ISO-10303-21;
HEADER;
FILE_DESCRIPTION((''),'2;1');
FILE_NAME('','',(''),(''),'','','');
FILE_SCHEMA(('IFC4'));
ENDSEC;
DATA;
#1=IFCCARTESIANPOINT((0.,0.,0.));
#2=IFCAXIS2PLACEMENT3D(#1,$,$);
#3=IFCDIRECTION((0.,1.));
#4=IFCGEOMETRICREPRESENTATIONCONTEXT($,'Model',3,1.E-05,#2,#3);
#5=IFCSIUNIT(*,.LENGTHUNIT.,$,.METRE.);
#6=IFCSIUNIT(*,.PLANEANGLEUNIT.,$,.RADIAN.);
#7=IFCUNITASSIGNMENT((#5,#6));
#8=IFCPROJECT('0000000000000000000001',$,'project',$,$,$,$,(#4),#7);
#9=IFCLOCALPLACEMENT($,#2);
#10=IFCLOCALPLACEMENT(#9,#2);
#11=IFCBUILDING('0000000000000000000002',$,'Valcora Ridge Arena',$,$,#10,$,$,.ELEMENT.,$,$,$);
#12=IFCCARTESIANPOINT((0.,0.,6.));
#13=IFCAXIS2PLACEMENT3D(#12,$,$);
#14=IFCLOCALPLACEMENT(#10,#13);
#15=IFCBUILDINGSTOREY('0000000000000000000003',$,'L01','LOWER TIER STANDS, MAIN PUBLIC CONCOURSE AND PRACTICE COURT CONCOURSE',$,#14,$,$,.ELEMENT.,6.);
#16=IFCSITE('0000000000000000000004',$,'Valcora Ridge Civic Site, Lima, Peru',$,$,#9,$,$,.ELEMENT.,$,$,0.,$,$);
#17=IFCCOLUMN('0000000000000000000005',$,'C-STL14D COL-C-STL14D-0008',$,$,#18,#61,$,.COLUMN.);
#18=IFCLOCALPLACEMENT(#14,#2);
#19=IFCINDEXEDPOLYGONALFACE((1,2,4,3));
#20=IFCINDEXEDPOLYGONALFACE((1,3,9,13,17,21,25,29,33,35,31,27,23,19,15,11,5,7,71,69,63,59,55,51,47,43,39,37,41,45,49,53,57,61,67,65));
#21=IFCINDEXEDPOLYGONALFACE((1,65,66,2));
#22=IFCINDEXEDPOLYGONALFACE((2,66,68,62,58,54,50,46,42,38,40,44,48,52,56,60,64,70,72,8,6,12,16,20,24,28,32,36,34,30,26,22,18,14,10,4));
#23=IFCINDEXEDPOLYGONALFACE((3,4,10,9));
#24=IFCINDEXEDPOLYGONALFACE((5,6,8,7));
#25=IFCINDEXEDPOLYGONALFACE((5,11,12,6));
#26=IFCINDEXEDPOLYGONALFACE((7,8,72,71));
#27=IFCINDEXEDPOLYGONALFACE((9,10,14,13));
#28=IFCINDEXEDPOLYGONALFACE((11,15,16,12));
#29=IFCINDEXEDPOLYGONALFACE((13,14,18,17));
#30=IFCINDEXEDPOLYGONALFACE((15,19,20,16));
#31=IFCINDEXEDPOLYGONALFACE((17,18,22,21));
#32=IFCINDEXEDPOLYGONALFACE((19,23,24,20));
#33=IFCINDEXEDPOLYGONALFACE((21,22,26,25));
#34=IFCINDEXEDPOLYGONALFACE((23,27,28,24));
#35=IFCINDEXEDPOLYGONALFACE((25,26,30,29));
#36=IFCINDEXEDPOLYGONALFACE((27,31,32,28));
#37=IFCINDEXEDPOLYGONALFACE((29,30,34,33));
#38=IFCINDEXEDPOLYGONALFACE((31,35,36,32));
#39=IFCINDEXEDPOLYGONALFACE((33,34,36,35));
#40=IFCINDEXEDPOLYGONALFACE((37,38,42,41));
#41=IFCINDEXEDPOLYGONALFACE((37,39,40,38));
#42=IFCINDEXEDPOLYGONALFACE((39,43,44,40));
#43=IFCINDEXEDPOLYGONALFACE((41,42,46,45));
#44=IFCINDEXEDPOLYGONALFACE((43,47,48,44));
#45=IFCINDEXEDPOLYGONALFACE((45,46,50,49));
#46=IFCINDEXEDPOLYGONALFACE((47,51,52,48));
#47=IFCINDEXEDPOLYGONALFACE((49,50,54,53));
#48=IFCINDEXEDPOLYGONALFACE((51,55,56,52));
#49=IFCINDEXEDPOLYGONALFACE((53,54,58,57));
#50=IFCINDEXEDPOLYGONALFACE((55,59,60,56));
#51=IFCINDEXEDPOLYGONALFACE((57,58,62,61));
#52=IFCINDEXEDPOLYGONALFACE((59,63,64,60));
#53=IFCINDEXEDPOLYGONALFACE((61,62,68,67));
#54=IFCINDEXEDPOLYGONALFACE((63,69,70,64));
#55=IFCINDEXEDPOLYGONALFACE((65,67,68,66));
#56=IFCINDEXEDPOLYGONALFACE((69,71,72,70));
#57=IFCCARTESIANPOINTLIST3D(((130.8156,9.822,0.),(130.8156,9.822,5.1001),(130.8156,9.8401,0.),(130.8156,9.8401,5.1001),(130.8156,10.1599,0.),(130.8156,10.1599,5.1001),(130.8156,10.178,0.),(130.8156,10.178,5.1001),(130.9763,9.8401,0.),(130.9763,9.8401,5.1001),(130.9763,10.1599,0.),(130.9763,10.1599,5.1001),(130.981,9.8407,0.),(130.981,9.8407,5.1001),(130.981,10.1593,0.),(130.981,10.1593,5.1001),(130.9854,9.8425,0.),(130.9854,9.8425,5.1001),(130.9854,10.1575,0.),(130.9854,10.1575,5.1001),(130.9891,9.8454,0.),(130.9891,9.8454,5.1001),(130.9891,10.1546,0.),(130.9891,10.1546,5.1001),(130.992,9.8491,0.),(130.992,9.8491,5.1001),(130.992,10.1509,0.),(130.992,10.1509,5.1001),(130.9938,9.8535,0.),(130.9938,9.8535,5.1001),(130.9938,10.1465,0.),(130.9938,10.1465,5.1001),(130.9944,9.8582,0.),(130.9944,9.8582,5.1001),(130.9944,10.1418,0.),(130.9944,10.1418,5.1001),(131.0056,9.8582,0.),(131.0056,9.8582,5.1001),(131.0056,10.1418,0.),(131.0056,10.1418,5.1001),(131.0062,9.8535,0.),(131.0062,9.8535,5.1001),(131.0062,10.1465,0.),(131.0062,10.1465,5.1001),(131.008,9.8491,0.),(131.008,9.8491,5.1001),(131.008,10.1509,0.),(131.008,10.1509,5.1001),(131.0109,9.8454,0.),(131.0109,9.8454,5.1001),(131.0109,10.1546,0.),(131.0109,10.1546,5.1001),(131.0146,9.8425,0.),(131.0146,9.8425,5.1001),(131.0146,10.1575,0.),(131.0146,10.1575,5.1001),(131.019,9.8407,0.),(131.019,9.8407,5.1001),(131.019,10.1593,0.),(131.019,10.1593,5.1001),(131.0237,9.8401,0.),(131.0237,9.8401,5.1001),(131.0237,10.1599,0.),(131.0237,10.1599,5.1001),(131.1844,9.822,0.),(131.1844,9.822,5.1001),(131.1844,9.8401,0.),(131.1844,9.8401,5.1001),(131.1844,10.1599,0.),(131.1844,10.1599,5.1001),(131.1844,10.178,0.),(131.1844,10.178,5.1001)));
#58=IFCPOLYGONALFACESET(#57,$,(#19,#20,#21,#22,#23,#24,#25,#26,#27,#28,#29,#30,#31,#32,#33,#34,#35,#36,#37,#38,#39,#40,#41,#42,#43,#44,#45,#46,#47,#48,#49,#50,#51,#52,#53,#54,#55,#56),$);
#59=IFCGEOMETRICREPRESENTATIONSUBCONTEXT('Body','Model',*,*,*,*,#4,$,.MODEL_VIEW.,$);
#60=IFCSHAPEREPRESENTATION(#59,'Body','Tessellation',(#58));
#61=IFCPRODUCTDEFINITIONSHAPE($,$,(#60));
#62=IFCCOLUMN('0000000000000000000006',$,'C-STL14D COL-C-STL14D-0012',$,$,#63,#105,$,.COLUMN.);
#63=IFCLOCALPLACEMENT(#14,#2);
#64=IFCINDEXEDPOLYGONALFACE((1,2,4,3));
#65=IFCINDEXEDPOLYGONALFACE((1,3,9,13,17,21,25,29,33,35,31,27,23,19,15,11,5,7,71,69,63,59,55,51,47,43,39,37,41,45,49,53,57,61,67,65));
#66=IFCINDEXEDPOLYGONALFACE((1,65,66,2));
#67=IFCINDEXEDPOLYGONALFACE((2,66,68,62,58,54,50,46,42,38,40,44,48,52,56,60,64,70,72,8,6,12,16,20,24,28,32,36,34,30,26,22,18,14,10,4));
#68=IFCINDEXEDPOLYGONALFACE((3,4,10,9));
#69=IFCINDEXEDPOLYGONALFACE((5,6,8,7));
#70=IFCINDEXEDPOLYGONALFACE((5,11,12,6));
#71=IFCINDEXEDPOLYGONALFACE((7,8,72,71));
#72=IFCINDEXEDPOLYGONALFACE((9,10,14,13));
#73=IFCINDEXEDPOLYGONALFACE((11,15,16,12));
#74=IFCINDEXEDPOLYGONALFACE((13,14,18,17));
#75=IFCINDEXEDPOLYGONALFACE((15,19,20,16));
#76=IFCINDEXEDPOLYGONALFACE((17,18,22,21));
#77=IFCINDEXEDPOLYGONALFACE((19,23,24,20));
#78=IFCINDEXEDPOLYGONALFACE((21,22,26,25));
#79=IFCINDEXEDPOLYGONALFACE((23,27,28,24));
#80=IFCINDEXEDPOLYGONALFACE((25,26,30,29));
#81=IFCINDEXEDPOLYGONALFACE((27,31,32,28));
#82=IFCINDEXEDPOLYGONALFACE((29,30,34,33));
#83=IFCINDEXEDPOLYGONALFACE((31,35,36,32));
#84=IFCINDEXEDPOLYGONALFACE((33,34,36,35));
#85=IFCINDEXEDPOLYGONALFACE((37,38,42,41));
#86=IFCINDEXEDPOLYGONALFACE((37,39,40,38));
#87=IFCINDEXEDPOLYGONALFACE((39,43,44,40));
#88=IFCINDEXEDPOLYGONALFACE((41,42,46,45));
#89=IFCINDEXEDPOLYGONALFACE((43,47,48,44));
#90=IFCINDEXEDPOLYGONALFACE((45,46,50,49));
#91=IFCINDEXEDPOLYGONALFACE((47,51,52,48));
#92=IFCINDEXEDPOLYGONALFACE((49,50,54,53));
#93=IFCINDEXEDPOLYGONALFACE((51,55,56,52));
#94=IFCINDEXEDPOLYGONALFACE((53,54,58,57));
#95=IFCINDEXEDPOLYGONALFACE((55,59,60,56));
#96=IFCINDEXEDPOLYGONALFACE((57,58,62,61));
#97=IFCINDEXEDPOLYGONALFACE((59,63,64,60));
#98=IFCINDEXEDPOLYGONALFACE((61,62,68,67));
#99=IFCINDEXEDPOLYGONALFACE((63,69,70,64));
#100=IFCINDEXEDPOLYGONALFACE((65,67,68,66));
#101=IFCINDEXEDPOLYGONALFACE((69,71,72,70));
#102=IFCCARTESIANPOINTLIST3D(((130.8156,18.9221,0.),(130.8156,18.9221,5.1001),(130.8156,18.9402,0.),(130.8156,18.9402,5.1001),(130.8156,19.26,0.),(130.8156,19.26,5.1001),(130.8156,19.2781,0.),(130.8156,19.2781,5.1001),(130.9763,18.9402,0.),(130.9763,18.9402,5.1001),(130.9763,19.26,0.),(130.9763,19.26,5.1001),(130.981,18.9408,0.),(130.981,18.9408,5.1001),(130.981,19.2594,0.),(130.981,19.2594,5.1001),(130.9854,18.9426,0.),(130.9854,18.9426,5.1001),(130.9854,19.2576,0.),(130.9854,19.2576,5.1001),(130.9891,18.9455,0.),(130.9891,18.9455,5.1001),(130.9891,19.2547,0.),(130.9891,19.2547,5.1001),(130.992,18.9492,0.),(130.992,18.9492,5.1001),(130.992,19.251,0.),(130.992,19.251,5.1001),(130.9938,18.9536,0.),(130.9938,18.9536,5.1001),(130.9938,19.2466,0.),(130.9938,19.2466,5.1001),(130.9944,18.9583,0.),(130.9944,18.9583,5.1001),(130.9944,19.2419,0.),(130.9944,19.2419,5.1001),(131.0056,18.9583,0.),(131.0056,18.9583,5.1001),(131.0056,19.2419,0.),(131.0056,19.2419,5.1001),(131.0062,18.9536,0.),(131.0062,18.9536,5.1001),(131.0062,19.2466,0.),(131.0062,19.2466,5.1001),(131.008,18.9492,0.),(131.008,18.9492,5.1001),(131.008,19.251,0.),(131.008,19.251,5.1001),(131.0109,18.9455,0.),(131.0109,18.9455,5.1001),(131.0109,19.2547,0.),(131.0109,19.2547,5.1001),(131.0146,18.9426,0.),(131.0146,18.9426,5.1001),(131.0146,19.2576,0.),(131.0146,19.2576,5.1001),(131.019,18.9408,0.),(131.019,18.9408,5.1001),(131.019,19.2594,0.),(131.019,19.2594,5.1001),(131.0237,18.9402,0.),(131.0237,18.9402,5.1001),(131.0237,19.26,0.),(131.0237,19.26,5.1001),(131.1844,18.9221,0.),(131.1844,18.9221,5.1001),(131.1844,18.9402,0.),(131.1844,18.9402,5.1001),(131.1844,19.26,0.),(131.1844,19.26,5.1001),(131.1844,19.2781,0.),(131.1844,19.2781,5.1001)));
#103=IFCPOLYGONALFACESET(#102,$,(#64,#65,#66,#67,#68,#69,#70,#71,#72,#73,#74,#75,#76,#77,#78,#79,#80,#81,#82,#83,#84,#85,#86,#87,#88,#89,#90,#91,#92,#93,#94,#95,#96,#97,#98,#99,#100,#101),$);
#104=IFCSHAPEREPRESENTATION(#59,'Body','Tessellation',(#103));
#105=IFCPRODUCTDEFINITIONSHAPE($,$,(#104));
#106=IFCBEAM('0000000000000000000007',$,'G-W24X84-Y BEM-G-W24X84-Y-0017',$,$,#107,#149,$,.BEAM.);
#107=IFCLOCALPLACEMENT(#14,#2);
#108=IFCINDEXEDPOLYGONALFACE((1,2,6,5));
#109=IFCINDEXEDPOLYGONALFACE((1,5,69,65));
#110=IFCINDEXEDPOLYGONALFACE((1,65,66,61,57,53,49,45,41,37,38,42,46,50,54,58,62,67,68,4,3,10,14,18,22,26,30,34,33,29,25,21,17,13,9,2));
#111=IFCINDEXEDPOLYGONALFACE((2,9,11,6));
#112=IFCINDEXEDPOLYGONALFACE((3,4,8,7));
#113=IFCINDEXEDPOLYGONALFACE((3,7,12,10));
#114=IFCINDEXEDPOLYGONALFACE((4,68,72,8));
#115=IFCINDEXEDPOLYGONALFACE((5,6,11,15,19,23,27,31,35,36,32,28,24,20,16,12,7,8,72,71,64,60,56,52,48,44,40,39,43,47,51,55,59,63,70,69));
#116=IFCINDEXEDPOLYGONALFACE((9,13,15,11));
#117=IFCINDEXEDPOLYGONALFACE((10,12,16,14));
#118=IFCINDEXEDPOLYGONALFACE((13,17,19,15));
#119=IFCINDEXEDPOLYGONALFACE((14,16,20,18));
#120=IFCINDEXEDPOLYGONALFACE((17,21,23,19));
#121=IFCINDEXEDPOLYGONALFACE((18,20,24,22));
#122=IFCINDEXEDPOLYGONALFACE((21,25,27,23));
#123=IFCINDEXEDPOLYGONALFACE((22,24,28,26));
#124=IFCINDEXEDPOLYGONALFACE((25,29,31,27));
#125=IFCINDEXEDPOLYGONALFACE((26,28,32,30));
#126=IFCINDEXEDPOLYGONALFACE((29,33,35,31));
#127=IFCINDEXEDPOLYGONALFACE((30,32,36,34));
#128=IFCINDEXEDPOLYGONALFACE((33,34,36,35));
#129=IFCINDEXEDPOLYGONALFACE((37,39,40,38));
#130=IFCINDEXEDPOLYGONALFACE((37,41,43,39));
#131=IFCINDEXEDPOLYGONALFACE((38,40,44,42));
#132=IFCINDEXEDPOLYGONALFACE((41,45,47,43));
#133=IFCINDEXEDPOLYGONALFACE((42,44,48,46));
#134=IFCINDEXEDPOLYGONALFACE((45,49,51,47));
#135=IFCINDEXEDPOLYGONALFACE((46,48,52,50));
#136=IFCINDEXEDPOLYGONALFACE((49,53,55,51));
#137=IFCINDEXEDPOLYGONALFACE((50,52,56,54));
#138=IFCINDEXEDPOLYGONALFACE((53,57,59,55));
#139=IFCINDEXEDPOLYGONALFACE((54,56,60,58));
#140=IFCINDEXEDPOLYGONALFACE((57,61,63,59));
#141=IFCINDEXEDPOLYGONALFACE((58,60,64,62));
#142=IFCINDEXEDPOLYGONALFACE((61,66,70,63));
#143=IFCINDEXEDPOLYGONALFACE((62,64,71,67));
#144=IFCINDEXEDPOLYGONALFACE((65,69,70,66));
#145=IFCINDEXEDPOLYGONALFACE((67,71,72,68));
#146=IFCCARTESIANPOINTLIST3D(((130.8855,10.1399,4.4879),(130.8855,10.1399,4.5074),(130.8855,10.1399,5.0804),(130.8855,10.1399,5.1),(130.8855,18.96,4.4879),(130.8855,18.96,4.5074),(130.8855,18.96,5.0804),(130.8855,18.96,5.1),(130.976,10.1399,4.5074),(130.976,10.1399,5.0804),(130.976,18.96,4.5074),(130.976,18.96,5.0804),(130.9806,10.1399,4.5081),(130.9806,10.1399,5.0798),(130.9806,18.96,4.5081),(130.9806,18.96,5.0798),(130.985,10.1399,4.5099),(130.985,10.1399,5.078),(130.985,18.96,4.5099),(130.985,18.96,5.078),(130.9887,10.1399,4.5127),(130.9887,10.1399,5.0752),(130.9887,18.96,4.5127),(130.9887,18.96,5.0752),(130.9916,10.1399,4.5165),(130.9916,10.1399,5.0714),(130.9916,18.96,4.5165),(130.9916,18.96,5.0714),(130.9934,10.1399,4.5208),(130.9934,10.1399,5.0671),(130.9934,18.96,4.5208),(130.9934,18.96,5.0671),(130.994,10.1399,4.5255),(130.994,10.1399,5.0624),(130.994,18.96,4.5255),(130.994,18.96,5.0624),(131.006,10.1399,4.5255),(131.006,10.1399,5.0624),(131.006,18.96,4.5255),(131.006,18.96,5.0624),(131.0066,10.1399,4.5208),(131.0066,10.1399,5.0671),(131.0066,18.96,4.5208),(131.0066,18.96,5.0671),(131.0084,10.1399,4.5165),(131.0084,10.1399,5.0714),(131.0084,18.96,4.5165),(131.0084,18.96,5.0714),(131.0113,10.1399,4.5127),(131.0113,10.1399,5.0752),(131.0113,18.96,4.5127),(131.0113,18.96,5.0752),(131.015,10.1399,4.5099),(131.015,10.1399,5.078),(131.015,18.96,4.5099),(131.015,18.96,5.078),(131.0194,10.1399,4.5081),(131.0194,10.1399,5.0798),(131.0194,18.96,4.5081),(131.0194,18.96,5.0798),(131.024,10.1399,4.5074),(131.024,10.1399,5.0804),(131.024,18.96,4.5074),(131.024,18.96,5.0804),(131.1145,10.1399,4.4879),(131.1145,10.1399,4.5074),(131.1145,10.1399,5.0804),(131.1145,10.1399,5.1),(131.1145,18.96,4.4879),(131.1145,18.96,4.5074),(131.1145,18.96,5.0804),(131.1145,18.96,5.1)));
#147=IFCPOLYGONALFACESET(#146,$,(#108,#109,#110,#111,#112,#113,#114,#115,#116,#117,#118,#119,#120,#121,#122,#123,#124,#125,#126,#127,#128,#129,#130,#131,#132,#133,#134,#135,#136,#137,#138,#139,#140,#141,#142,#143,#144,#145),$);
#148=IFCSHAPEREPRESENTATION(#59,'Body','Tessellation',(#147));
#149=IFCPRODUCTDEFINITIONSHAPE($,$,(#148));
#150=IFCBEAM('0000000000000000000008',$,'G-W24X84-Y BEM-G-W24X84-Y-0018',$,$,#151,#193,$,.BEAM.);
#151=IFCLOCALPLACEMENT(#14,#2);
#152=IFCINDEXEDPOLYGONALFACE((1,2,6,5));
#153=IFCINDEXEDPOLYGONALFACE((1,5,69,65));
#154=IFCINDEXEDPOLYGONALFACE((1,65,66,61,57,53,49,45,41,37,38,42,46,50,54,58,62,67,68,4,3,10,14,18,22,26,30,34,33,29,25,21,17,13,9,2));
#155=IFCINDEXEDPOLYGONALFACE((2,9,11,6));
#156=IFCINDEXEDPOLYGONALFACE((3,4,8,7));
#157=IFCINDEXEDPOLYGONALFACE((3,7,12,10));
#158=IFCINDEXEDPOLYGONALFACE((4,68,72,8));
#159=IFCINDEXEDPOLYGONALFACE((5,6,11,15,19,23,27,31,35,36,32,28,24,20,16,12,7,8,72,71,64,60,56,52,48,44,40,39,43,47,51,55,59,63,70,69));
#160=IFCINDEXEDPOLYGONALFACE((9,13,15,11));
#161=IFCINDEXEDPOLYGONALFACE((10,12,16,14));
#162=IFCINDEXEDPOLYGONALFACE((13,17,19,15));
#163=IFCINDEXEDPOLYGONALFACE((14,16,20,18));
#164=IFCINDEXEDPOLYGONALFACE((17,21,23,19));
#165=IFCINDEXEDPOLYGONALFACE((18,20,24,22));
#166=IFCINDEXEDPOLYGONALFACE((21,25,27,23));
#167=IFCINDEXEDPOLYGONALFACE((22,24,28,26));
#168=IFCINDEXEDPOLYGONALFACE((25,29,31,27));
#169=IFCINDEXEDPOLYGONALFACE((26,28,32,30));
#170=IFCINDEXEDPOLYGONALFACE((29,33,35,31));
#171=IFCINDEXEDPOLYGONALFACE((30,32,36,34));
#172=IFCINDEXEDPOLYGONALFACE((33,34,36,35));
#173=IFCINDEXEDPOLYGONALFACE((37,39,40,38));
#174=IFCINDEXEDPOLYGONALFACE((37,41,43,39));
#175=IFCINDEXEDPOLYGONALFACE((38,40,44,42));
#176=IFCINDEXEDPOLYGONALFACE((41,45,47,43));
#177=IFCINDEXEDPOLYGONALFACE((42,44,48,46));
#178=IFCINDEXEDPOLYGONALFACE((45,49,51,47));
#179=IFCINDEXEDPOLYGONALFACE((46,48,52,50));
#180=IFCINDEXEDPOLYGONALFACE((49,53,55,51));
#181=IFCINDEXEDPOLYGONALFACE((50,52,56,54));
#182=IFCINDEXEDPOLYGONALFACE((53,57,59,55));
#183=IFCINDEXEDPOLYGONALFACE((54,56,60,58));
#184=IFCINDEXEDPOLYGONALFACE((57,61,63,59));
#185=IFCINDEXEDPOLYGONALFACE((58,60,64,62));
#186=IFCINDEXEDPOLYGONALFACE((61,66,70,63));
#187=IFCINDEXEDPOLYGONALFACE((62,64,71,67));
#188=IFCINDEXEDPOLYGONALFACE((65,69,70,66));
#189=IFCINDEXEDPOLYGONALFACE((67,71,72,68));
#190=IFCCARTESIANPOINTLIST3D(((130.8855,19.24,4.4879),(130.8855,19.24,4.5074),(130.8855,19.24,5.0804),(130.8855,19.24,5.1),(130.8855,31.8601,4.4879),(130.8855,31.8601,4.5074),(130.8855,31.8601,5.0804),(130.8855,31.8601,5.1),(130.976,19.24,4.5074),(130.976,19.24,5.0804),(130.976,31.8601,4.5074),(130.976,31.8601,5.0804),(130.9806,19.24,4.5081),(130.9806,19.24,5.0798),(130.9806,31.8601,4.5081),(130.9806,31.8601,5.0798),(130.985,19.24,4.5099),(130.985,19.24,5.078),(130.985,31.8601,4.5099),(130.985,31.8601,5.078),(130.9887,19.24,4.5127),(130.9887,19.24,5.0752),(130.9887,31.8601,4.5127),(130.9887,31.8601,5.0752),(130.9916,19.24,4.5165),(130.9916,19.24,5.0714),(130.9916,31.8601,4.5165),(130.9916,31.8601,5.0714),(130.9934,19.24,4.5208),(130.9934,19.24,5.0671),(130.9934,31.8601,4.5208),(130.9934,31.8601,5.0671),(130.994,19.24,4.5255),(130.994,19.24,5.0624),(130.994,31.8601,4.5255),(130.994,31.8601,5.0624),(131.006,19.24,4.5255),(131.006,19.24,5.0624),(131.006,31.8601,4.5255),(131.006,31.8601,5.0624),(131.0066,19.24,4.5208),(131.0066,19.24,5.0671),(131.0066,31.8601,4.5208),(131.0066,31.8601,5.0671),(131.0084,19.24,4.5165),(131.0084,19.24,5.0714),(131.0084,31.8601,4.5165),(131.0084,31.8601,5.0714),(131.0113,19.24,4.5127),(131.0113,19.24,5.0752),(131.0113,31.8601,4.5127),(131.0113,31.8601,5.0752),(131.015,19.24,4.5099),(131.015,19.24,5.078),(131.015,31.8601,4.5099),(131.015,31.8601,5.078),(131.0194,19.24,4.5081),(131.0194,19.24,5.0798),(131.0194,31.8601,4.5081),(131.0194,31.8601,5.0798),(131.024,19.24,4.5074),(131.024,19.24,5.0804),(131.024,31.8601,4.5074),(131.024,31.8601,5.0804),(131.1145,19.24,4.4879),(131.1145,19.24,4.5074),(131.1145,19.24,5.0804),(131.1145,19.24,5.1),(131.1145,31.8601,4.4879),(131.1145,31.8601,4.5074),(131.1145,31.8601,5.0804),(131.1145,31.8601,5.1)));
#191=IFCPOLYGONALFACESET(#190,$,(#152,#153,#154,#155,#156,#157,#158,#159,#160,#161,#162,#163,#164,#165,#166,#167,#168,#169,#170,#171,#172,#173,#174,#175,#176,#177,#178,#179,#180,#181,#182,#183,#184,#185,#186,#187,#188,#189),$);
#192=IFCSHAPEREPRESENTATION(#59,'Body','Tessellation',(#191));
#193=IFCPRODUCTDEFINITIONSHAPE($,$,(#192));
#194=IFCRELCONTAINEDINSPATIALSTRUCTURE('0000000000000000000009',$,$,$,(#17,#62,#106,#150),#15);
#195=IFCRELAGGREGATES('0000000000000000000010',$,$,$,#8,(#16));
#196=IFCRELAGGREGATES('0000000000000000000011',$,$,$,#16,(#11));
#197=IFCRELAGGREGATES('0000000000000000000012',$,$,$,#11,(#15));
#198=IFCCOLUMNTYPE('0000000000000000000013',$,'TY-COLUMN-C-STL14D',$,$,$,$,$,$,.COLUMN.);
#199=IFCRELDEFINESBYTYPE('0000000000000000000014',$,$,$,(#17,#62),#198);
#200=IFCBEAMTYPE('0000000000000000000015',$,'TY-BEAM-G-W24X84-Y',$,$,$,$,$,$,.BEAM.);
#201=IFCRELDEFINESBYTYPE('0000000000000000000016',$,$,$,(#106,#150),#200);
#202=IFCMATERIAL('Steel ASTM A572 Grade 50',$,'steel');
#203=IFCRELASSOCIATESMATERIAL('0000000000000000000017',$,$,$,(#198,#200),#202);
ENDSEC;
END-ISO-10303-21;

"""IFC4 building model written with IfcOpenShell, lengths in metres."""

from ifc_helpers import new_model, si_unit, direction, frame, origin, origin_2d, place, context, subcontext, project, spatial, i_section, extrude, material, material_profile, profile_set, type_object, element, save


model = new_model("IFC4")

# Units and contexts
model_context = context("Model", 3, precision=1e-05, world=origin(), true_north=direction((0.0, 1.0)))
body_context = subcontext(model_context, "Body", "Model", "MODEL_VIEW")
ifc_project = project(units=[si_unit("LENGTHUNIT", "METRE"), si_unit("PLANEANGLEUNIT", "RADIAN")], contexts=[model_context])

# Site, building, storey
site_placement = place(None, origin())
site = spatial("IfcSite", under=ifc_project, at=site_placement, Name="Valcora Ridge Civic Site, Lima, Peru", CompositionType="ELEMENT", RefElevation=0.0)
building_placement = place(site_placement, origin())
building = spatial("IfcBuilding", under=site, at=building_placement, Name="Valcora Ridge Arena", CompositionType="ELEMENT")
storey_placement = place(building_placement, frame((0.0, 0.0, 6.0)))
storey = spatial("IfcBuildingStorey", under=building, at=storey_placement, Name="L01", Description="LOWER TIER STANDS, MAIN PUBLIC CONCOURSE AND PRACTICE COURT CONCOURSE", CompositionType="ELEMENT", Elevation=6.0)

# Columns
ifc_material_1 = material(Name="Steel ASTM A572 Grade 50", Category="steel")
ifc_material_profile_1 = material_profile(ifc_material_1, i_section(OverallWidth=0.3689, OverallDepth=0.356, WebThickness=0.0112, FlangeThickness=0.0181, FilletRadius=0.0181, at=origin_2d()), Name="W14X90")
ifc_profile_set_1 = profile_set([ifc_material_profile_1], Name="Steel ASTM A572 Grade 50")
column_type = type_object("IfcColumnType", Name="TY-COLUMN-C-STL14D", PredefinedType="COLUMN", material=ifc_profile_set_1)
for number, where, z_axis, x_axis, name in (
    (1, (131.0, 10.0, 0.0), (0.0, 0.0, 1.0), (1.0, 0.0, 0.0), "C-STL14D COL-C-STL14D-0008"),
    (2, (131.0, 19.1001, 0.0), (0.0, 0.0, 1.0), (1.0, 0.0, 0.0), "C-STL14D COL-C-STL14D-0012"),
):
    element("IfcColumn", number, at=place(storey_placement, frame(where, z_axis=z_axis, x_axis=x_axis)), inside=storey, type_object=column_type, Name=name, PredefinedType="COLUMN", context=body_context, shape_type="SweptSolid", body=[
        extrude(i_section(OverallWidth=0.3689, OverallDepth=0.356, WebThickness=0.0112, FlangeThickness=0.0181, FilletRadius=0.0181, at=origin_2d()), origin(), (0.0, 0.0, 1.0), 5.1001),
    ])

# Beams
ifc_material_profile_2 = material_profile(ifc_material_1, i_section(OverallWidth=0.229, OverallDepth=0.6121, WebThickness=0.012, FlangeThickness=0.0195, FilletRadius=0.0181, at=origin_2d()), Name="W24X84")
ifc_profile_set_2 = profile_set([ifc_material_profile_2], Name="Steel ASTM A572 Grade 50")
beam_type = type_object("IfcBeamType", Name="TY-BEAM-G-W24X84-Y", PredefinedType="BEAM", material=ifc_profile_set_2)
beam_1_placement = place(storey_placement, frame((131.0, 10.1399, 4.7939), z_axis=(0.0, 1.0, 0.0), x_axis=(-1.0, 0.0, 0.0)))
element("IfcBeam", 3, at=beam_1_placement, inside=storey, type_object=beam_type, Name="G-W24X84-Y BEM-G-W24X84-Y-0017", PredefinedType="BEAM", context=body_context, shape_type="SweptSolid", body=[
    extrude(i_section(OverallWidth=0.229, OverallDepth=0.6121, WebThickness=0.012, FlangeThickness=0.0195, FilletRadius=0.0181, at=origin_2d()), origin(), (0.0, 0.0, 1.0), 8.8201),
])
beam_2_placement = place(storey_placement, frame((131.0, 19.24, 4.7939), z_axis=(0.0, 1.0, 0.0), x_axis=(-1.0, 0.0, 0.0)))
element("IfcBeam", 4, at=beam_2_placement, inside=storey, type_object=beam_type, Name="G-W24X84-Y BEM-G-W24X84-Y-0018", PredefinedType="BEAM", context=body_context, shape_type="SweptSolid", body=[
    extrude(i_section(OverallWidth=0.229, OverallDepth=0.6121, WebThickness=0.012, FlangeThickness=0.0195, FilletRadius=0.0181, at=origin_2d()), origin(), (0.0, 0.0, 1.0), 12.6201),
])

save(model, "model.ifc")
